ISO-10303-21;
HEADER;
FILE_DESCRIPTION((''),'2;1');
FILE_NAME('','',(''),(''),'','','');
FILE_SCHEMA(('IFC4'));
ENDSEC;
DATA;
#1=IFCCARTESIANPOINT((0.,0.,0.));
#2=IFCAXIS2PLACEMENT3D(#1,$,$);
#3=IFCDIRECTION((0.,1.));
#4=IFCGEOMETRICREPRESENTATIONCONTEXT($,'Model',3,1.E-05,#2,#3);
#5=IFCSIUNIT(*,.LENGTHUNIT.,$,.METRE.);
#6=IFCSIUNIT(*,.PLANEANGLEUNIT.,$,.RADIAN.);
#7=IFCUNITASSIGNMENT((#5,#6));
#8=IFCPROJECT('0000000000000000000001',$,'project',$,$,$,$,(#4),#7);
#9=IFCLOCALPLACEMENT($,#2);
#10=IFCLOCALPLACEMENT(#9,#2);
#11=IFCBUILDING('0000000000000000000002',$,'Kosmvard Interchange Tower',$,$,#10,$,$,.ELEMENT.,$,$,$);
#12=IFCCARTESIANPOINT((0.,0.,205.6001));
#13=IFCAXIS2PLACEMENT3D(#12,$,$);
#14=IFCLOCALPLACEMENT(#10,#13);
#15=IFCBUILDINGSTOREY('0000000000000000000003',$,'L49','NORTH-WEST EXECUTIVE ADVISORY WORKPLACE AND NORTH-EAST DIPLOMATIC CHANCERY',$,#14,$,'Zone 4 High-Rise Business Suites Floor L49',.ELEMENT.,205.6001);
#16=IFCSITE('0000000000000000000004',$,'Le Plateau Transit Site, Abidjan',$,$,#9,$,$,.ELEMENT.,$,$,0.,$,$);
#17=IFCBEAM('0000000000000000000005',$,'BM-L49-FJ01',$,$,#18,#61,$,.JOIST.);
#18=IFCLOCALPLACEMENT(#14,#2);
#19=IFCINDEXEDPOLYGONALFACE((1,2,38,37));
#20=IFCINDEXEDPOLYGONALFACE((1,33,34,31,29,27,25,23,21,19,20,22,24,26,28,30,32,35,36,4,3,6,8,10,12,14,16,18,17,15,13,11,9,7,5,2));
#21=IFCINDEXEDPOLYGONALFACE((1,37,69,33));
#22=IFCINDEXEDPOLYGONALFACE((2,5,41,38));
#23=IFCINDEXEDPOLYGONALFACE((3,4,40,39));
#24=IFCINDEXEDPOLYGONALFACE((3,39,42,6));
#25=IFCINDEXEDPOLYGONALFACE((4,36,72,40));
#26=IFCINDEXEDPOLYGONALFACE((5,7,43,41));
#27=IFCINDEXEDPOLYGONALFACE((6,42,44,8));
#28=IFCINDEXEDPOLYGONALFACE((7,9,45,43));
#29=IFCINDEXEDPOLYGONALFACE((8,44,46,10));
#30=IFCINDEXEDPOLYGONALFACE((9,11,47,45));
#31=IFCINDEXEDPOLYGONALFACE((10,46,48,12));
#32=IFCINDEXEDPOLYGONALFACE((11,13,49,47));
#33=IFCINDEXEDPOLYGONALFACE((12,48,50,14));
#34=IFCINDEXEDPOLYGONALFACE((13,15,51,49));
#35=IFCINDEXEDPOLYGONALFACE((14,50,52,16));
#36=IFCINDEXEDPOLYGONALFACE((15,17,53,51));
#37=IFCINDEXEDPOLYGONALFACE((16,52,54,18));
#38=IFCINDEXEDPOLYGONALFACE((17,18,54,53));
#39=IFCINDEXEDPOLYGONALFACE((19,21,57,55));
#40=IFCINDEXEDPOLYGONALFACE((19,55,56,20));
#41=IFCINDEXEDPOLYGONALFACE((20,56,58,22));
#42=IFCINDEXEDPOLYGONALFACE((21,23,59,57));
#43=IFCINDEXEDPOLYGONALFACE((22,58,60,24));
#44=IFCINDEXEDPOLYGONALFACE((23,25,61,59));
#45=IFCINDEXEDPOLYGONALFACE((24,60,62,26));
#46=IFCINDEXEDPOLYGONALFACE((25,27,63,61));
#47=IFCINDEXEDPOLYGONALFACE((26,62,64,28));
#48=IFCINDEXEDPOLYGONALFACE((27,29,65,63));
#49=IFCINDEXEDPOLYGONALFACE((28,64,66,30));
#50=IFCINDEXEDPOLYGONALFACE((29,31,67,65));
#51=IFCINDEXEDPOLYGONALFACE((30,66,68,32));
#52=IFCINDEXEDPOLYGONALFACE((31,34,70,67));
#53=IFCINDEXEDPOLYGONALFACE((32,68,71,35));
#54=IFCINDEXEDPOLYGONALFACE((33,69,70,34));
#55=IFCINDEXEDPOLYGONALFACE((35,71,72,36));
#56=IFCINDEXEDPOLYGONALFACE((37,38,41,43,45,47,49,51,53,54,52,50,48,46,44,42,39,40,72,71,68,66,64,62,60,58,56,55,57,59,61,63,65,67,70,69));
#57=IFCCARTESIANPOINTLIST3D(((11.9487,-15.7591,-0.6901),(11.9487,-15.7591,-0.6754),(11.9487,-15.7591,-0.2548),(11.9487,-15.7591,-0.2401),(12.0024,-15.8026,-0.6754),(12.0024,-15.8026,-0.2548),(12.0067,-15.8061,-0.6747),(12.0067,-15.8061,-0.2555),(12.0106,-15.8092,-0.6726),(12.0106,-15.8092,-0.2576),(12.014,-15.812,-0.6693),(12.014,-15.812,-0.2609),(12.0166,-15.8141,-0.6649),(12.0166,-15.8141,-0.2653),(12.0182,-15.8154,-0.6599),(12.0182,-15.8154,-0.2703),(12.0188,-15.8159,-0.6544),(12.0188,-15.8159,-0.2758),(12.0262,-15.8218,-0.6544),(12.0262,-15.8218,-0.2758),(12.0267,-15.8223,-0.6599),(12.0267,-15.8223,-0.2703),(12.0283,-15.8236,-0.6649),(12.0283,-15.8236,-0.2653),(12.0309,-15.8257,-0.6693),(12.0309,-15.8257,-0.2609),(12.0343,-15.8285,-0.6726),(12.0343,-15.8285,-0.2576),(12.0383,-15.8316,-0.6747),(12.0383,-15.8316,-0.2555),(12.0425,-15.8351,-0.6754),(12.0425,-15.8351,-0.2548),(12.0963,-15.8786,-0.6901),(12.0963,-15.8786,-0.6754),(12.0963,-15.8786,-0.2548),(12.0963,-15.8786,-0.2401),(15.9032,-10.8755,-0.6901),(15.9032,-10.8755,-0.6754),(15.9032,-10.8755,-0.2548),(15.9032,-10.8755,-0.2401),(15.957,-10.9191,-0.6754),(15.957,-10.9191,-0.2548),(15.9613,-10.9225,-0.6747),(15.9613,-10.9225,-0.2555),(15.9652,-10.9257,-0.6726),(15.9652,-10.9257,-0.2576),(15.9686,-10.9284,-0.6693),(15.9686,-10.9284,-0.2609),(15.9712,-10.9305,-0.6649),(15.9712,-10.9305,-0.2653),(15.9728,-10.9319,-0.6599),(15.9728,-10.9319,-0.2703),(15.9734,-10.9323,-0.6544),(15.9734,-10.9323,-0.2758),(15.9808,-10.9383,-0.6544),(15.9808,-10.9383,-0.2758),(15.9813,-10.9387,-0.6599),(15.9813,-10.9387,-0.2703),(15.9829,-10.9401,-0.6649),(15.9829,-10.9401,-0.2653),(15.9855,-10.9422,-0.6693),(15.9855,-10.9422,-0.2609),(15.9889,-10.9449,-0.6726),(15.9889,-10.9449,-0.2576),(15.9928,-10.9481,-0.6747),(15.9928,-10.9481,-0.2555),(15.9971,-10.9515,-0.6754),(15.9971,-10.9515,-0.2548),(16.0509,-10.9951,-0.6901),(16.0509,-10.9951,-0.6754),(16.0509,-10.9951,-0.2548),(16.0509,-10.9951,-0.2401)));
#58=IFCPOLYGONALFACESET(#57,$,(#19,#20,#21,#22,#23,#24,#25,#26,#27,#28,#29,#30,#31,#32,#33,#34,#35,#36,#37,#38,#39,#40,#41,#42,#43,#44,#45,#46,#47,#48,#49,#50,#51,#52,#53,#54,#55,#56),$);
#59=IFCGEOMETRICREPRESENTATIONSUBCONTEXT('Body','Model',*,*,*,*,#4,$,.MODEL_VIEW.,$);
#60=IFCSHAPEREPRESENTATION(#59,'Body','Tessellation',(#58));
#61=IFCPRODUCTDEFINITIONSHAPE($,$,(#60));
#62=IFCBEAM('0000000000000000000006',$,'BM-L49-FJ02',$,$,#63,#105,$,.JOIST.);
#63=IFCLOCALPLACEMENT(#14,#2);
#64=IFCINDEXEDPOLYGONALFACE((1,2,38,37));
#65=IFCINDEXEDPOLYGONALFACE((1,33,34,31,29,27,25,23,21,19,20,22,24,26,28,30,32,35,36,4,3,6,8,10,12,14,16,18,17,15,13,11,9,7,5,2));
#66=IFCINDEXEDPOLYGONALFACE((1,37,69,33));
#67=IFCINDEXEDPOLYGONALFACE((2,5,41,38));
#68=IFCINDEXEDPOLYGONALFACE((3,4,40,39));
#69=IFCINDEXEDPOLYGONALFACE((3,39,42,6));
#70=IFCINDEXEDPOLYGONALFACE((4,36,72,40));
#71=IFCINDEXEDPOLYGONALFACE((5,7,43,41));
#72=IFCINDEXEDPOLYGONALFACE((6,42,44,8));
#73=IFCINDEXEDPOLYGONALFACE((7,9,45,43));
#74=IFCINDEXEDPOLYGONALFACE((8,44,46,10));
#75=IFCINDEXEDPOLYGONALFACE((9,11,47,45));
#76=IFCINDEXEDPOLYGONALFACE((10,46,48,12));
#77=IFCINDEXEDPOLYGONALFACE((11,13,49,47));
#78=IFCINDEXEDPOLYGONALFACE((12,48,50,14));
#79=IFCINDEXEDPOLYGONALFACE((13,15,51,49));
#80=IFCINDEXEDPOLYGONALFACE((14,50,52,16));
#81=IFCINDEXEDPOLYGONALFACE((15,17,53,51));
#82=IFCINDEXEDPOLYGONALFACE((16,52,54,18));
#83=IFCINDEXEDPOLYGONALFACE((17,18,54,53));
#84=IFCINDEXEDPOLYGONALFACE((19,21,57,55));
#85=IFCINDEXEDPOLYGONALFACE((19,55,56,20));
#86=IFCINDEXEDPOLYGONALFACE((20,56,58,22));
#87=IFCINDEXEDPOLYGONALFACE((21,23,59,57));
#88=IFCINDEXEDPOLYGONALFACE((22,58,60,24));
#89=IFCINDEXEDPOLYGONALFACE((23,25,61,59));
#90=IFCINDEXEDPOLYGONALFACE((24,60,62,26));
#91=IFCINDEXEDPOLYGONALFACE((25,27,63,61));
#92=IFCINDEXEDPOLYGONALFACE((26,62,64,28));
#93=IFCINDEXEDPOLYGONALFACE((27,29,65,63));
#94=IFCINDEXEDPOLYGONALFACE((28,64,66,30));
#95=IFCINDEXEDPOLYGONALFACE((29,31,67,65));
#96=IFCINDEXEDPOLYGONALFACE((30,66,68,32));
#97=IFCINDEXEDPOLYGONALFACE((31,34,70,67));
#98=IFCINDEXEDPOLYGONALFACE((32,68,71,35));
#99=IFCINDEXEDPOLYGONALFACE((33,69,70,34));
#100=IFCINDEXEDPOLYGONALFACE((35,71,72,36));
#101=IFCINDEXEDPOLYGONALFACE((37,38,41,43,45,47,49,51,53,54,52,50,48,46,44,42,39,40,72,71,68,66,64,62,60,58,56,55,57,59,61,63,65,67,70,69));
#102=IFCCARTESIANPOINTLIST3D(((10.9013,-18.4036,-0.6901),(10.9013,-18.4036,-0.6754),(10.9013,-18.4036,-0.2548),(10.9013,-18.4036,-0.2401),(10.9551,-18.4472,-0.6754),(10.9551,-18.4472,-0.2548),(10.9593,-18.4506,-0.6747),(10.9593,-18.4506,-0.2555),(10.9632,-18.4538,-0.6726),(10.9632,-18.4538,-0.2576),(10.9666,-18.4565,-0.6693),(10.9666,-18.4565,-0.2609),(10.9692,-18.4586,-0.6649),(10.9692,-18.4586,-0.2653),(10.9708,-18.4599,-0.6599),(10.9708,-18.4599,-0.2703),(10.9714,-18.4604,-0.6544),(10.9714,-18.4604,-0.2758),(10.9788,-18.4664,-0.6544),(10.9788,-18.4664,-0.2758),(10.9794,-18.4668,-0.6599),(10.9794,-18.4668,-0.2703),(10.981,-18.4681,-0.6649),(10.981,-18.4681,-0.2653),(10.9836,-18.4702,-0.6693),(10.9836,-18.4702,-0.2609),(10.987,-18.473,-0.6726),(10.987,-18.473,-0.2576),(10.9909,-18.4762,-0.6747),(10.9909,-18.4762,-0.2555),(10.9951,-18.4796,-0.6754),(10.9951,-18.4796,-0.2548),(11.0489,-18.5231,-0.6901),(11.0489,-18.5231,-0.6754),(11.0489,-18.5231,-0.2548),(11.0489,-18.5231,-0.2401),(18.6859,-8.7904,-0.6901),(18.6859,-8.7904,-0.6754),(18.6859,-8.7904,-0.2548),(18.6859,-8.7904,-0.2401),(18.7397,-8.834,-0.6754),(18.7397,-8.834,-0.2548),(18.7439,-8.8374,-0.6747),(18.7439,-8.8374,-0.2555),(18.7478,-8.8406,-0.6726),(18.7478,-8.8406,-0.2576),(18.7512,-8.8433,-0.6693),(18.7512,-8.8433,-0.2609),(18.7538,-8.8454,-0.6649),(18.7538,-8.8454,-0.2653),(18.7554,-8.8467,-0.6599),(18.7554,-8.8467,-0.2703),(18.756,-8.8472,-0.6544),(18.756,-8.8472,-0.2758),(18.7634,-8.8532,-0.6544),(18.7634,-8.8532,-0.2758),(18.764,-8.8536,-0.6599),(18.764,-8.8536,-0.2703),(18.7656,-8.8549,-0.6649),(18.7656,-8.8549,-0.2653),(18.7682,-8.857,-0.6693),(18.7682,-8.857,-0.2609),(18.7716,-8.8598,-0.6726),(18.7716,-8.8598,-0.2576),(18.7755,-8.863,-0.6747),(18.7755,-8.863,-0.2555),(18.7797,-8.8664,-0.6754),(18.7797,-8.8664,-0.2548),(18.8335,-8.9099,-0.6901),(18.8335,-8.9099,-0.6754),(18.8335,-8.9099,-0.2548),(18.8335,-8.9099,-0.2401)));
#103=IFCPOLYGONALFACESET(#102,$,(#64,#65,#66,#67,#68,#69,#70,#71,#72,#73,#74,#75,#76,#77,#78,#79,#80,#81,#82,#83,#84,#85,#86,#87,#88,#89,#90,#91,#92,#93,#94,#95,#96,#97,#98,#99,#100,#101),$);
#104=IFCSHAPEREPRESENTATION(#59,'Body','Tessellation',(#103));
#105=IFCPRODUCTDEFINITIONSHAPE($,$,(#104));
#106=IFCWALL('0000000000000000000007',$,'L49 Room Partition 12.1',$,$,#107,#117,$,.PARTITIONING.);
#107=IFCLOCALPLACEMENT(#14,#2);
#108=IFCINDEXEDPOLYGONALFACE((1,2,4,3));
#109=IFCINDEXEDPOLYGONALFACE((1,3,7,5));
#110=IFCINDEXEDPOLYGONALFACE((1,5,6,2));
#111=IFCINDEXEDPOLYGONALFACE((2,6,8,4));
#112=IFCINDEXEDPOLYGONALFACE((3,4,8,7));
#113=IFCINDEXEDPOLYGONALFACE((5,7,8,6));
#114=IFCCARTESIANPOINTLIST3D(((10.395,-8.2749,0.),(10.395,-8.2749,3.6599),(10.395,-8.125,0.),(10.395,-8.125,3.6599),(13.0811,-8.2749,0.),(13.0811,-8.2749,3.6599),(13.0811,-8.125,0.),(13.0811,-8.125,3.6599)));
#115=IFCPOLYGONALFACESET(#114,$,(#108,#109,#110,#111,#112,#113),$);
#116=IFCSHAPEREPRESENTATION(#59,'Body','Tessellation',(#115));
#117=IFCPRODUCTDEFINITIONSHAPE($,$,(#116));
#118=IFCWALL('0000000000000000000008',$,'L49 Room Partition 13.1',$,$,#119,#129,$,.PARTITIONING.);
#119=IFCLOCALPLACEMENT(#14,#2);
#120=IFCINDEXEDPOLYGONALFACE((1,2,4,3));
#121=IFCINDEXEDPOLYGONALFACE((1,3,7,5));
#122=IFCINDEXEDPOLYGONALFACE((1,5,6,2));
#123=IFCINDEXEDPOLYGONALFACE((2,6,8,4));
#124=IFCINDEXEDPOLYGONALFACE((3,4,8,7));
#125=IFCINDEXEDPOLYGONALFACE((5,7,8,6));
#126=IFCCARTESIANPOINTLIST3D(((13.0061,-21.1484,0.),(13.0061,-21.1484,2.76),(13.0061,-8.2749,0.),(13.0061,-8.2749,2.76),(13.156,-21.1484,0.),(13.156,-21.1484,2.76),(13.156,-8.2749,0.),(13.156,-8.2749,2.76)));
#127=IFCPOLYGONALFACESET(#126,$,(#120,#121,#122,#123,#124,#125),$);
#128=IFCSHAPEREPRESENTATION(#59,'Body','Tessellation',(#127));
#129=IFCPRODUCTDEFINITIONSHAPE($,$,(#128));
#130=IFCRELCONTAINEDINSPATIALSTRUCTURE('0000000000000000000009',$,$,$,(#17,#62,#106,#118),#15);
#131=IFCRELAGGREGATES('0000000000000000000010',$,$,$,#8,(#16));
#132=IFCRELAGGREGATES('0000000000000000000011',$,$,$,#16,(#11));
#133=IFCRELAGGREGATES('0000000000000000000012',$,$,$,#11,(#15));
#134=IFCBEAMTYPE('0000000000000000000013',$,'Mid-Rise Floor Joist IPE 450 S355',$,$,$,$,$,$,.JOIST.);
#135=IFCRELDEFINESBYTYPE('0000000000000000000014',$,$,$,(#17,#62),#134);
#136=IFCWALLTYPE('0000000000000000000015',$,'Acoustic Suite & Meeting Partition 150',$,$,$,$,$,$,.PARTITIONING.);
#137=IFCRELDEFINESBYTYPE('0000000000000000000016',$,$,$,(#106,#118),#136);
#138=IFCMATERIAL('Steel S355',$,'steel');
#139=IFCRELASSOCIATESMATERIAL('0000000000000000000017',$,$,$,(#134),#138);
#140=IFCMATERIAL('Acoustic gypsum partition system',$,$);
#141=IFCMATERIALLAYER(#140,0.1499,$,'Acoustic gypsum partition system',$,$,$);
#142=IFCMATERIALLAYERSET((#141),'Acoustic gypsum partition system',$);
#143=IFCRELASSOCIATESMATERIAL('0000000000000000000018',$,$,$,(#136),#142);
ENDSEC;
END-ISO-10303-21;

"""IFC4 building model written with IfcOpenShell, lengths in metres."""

from ifc_helpers import new_model, si_unit, direction, frame, frame_2d, origin, origin_2d, place, context, subcontext, project, spatial, rectangle, i_section, extrude, source, transform, mapped, material, layer, layer_set, material_profile, profile_set, type_object, element, save


model = new_model("IFC4")

# Units and contexts
model_context = context("Model", 3, precision=1e-05, world=origin(), true_north=direction((0.0, 1.0)))
body_context = subcontext(model_context, "Body", "Model", "MODEL_VIEW")
ifc_project = project(units=[si_unit("LENGTHUNIT", "METRE"), si_unit("PLANEANGLEUNIT", "RADIAN")], contexts=[model_context])

# Site, building, storey
site_placement = place(None, origin())
site = spatial("IfcSite", under=ifc_project, at=site_placement, Name="Le Plateau Transit Site, Abidjan", CompositionType="ELEMENT", RefElevation=0.0)
building_placement = place(site_placement, origin())
building = spatial("IfcBuilding", under=site, at=building_placement, Name="Kosmvard Interchange Tower", CompositionType="ELEMENT")
storey_placement = place(building_placement, frame((0.0, 0.0, 205.6001)))
storey = spatial("IfcBuildingStorey", under=building, at=storey_placement, Name="L49", Description="NORTH-WEST EXECUTIVE ADVISORY WORKPLACE AND NORTH-EAST DIPLOMATIC CHANCERY", LongName="Zone 4 High-Rise Business Suites Floor L49", CompositionType="ELEMENT", Elevation=205.6001)

# Beams
ifc_material_1 = material(Name="Steel S355", Category="steel")
ifc_material_profile_1 = material_profile(ifc_material_1, i_section(OverallWidth=0.1899, OverallDepth=0.45, WebThickness=0.0095, FlangeThickness=0.0146, FilletRadius=0.021, at=origin_2d()), Name="IPE 450")
ifc_profile_set_1 = profile_set([ifc_material_profile_1], Name="Steel S355")
beam_type_1 = type_object("IfcBeamType", Name="Mid-Rise Floor Joist IPE 450 S355", PredefinedType="JOIST", material=ifc_profile_set_1)
shared_shape_1 = source(origin(), body_context, "Body", "SweptSolid", [
    extrude(i_section(OverallWidth=0.1899, OverallDepth=0.45, WebThickness=0.0095, FlangeThickness=0.0146, FilletRadius=0.021, at=origin_2d()), origin(), (0.0, 0.0, 1.0), 6.2839),
])
beam_1_placement = place(storey_placement, frame((12.0225, -15.8188, -0.4651), z_axis=(0.629318, 0.777148, 0.0), x_axis=(-0.777148, 0.629318, 0.0)))
element("IfcBeam", 1, at=beam_1_placement, inside=storey, type_object=beam_type_1, Name="BM-L49-FJ01", PredefinedType="JOIST", context=body_context, shape_type="MappedRepresentation", body=[
    mapped(shared_shape_1, transform((0.0, 0.0, 0.0), scale=1.0)),
])
shared_shape_2 = source(origin(), body_context, "Body", "SweptSolid", [
    extrude(i_section(OverallWidth=0.1899, OverallDepth=0.45, WebThickness=0.0095, FlangeThickness=0.0146, FilletRadius=0.021, at=origin_2d()), origin(), (0.0, 0.0, 1.0), 12.3699),
])
beam_2_placement = place(storey_placement, frame((10.9751, -18.4634, -0.4651), z_axis=(0.62932, 0.777147, 0.0), x_axis=(-0.777147, 0.62932, 0.0)))
element("IfcBeam", 2, at=beam_2_placement, inside=storey, type_object=beam_type_1, Name="BM-L49-FJ02", PredefinedType="JOIST", context=body_context, shape_type="MappedRepresentation", body=[
    mapped(shared_shape_2, transform((0.0, 0.0, 0.0), scale=1.0)),
])

# Walls
ifc_material_2 = material(Name="Acoustic gypsum partition system")
ifc_layer_1 = layer(ifc_material_2, 0.1499, Name="Acoustic gypsum partition system")
ifc_layer_set_1 = layer_set([ifc_layer_1], Name="Acoustic gypsum partition system")
wall_type_1 = type_object("IfcWallType", Name="Acoustic Suite & Meeting Partition 150", PredefinedType="PARTITIONING", material=ifc_layer_set_1)
wall_1_placement = place(storey_placement, frame((10.395, -8.2, 0.0), z_axis=(0.0, 0.0, 1.0), x_axis=(1.0, 0.0, 0.0)))
element("IfcWall", 3, at=wall_1_placement, inside=storey, type_object=wall_type_1, Name="L49 Room Partition 12.1", PredefinedType="PARTITIONING", context=body_context, shape_type="SweptSolid", body=[
    extrude(rectangle(XDim=2.686, YDim=0.1499, at=frame_2d((1.343, 0.0))), origin(), (0.0, 0.0, 1.0), 3.6599),
])
wall_2_placement = place(storey_placement, frame((13.0811, -8.2749, 0.0), z_axis=(0.0, 0.0, 1.0), x_axis=(0.0, -1.0, 0.0)))
element("IfcWall", 4, at=wall_2_placement, inside=storey, type_object=wall_type_1, Name="L49 Room Partition 13.1", PredefinedType="PARTITIONING", context=body_context, shape_type="SweptSolid", body=[
    extrude(rectangle(XDim=12.8735, YDim=0.1499, at=frame_2d((6.4368, 0.0))), origin(), (0.0, 0.0, 1.0), 2.76),
])

save(model, "model.ifc")
